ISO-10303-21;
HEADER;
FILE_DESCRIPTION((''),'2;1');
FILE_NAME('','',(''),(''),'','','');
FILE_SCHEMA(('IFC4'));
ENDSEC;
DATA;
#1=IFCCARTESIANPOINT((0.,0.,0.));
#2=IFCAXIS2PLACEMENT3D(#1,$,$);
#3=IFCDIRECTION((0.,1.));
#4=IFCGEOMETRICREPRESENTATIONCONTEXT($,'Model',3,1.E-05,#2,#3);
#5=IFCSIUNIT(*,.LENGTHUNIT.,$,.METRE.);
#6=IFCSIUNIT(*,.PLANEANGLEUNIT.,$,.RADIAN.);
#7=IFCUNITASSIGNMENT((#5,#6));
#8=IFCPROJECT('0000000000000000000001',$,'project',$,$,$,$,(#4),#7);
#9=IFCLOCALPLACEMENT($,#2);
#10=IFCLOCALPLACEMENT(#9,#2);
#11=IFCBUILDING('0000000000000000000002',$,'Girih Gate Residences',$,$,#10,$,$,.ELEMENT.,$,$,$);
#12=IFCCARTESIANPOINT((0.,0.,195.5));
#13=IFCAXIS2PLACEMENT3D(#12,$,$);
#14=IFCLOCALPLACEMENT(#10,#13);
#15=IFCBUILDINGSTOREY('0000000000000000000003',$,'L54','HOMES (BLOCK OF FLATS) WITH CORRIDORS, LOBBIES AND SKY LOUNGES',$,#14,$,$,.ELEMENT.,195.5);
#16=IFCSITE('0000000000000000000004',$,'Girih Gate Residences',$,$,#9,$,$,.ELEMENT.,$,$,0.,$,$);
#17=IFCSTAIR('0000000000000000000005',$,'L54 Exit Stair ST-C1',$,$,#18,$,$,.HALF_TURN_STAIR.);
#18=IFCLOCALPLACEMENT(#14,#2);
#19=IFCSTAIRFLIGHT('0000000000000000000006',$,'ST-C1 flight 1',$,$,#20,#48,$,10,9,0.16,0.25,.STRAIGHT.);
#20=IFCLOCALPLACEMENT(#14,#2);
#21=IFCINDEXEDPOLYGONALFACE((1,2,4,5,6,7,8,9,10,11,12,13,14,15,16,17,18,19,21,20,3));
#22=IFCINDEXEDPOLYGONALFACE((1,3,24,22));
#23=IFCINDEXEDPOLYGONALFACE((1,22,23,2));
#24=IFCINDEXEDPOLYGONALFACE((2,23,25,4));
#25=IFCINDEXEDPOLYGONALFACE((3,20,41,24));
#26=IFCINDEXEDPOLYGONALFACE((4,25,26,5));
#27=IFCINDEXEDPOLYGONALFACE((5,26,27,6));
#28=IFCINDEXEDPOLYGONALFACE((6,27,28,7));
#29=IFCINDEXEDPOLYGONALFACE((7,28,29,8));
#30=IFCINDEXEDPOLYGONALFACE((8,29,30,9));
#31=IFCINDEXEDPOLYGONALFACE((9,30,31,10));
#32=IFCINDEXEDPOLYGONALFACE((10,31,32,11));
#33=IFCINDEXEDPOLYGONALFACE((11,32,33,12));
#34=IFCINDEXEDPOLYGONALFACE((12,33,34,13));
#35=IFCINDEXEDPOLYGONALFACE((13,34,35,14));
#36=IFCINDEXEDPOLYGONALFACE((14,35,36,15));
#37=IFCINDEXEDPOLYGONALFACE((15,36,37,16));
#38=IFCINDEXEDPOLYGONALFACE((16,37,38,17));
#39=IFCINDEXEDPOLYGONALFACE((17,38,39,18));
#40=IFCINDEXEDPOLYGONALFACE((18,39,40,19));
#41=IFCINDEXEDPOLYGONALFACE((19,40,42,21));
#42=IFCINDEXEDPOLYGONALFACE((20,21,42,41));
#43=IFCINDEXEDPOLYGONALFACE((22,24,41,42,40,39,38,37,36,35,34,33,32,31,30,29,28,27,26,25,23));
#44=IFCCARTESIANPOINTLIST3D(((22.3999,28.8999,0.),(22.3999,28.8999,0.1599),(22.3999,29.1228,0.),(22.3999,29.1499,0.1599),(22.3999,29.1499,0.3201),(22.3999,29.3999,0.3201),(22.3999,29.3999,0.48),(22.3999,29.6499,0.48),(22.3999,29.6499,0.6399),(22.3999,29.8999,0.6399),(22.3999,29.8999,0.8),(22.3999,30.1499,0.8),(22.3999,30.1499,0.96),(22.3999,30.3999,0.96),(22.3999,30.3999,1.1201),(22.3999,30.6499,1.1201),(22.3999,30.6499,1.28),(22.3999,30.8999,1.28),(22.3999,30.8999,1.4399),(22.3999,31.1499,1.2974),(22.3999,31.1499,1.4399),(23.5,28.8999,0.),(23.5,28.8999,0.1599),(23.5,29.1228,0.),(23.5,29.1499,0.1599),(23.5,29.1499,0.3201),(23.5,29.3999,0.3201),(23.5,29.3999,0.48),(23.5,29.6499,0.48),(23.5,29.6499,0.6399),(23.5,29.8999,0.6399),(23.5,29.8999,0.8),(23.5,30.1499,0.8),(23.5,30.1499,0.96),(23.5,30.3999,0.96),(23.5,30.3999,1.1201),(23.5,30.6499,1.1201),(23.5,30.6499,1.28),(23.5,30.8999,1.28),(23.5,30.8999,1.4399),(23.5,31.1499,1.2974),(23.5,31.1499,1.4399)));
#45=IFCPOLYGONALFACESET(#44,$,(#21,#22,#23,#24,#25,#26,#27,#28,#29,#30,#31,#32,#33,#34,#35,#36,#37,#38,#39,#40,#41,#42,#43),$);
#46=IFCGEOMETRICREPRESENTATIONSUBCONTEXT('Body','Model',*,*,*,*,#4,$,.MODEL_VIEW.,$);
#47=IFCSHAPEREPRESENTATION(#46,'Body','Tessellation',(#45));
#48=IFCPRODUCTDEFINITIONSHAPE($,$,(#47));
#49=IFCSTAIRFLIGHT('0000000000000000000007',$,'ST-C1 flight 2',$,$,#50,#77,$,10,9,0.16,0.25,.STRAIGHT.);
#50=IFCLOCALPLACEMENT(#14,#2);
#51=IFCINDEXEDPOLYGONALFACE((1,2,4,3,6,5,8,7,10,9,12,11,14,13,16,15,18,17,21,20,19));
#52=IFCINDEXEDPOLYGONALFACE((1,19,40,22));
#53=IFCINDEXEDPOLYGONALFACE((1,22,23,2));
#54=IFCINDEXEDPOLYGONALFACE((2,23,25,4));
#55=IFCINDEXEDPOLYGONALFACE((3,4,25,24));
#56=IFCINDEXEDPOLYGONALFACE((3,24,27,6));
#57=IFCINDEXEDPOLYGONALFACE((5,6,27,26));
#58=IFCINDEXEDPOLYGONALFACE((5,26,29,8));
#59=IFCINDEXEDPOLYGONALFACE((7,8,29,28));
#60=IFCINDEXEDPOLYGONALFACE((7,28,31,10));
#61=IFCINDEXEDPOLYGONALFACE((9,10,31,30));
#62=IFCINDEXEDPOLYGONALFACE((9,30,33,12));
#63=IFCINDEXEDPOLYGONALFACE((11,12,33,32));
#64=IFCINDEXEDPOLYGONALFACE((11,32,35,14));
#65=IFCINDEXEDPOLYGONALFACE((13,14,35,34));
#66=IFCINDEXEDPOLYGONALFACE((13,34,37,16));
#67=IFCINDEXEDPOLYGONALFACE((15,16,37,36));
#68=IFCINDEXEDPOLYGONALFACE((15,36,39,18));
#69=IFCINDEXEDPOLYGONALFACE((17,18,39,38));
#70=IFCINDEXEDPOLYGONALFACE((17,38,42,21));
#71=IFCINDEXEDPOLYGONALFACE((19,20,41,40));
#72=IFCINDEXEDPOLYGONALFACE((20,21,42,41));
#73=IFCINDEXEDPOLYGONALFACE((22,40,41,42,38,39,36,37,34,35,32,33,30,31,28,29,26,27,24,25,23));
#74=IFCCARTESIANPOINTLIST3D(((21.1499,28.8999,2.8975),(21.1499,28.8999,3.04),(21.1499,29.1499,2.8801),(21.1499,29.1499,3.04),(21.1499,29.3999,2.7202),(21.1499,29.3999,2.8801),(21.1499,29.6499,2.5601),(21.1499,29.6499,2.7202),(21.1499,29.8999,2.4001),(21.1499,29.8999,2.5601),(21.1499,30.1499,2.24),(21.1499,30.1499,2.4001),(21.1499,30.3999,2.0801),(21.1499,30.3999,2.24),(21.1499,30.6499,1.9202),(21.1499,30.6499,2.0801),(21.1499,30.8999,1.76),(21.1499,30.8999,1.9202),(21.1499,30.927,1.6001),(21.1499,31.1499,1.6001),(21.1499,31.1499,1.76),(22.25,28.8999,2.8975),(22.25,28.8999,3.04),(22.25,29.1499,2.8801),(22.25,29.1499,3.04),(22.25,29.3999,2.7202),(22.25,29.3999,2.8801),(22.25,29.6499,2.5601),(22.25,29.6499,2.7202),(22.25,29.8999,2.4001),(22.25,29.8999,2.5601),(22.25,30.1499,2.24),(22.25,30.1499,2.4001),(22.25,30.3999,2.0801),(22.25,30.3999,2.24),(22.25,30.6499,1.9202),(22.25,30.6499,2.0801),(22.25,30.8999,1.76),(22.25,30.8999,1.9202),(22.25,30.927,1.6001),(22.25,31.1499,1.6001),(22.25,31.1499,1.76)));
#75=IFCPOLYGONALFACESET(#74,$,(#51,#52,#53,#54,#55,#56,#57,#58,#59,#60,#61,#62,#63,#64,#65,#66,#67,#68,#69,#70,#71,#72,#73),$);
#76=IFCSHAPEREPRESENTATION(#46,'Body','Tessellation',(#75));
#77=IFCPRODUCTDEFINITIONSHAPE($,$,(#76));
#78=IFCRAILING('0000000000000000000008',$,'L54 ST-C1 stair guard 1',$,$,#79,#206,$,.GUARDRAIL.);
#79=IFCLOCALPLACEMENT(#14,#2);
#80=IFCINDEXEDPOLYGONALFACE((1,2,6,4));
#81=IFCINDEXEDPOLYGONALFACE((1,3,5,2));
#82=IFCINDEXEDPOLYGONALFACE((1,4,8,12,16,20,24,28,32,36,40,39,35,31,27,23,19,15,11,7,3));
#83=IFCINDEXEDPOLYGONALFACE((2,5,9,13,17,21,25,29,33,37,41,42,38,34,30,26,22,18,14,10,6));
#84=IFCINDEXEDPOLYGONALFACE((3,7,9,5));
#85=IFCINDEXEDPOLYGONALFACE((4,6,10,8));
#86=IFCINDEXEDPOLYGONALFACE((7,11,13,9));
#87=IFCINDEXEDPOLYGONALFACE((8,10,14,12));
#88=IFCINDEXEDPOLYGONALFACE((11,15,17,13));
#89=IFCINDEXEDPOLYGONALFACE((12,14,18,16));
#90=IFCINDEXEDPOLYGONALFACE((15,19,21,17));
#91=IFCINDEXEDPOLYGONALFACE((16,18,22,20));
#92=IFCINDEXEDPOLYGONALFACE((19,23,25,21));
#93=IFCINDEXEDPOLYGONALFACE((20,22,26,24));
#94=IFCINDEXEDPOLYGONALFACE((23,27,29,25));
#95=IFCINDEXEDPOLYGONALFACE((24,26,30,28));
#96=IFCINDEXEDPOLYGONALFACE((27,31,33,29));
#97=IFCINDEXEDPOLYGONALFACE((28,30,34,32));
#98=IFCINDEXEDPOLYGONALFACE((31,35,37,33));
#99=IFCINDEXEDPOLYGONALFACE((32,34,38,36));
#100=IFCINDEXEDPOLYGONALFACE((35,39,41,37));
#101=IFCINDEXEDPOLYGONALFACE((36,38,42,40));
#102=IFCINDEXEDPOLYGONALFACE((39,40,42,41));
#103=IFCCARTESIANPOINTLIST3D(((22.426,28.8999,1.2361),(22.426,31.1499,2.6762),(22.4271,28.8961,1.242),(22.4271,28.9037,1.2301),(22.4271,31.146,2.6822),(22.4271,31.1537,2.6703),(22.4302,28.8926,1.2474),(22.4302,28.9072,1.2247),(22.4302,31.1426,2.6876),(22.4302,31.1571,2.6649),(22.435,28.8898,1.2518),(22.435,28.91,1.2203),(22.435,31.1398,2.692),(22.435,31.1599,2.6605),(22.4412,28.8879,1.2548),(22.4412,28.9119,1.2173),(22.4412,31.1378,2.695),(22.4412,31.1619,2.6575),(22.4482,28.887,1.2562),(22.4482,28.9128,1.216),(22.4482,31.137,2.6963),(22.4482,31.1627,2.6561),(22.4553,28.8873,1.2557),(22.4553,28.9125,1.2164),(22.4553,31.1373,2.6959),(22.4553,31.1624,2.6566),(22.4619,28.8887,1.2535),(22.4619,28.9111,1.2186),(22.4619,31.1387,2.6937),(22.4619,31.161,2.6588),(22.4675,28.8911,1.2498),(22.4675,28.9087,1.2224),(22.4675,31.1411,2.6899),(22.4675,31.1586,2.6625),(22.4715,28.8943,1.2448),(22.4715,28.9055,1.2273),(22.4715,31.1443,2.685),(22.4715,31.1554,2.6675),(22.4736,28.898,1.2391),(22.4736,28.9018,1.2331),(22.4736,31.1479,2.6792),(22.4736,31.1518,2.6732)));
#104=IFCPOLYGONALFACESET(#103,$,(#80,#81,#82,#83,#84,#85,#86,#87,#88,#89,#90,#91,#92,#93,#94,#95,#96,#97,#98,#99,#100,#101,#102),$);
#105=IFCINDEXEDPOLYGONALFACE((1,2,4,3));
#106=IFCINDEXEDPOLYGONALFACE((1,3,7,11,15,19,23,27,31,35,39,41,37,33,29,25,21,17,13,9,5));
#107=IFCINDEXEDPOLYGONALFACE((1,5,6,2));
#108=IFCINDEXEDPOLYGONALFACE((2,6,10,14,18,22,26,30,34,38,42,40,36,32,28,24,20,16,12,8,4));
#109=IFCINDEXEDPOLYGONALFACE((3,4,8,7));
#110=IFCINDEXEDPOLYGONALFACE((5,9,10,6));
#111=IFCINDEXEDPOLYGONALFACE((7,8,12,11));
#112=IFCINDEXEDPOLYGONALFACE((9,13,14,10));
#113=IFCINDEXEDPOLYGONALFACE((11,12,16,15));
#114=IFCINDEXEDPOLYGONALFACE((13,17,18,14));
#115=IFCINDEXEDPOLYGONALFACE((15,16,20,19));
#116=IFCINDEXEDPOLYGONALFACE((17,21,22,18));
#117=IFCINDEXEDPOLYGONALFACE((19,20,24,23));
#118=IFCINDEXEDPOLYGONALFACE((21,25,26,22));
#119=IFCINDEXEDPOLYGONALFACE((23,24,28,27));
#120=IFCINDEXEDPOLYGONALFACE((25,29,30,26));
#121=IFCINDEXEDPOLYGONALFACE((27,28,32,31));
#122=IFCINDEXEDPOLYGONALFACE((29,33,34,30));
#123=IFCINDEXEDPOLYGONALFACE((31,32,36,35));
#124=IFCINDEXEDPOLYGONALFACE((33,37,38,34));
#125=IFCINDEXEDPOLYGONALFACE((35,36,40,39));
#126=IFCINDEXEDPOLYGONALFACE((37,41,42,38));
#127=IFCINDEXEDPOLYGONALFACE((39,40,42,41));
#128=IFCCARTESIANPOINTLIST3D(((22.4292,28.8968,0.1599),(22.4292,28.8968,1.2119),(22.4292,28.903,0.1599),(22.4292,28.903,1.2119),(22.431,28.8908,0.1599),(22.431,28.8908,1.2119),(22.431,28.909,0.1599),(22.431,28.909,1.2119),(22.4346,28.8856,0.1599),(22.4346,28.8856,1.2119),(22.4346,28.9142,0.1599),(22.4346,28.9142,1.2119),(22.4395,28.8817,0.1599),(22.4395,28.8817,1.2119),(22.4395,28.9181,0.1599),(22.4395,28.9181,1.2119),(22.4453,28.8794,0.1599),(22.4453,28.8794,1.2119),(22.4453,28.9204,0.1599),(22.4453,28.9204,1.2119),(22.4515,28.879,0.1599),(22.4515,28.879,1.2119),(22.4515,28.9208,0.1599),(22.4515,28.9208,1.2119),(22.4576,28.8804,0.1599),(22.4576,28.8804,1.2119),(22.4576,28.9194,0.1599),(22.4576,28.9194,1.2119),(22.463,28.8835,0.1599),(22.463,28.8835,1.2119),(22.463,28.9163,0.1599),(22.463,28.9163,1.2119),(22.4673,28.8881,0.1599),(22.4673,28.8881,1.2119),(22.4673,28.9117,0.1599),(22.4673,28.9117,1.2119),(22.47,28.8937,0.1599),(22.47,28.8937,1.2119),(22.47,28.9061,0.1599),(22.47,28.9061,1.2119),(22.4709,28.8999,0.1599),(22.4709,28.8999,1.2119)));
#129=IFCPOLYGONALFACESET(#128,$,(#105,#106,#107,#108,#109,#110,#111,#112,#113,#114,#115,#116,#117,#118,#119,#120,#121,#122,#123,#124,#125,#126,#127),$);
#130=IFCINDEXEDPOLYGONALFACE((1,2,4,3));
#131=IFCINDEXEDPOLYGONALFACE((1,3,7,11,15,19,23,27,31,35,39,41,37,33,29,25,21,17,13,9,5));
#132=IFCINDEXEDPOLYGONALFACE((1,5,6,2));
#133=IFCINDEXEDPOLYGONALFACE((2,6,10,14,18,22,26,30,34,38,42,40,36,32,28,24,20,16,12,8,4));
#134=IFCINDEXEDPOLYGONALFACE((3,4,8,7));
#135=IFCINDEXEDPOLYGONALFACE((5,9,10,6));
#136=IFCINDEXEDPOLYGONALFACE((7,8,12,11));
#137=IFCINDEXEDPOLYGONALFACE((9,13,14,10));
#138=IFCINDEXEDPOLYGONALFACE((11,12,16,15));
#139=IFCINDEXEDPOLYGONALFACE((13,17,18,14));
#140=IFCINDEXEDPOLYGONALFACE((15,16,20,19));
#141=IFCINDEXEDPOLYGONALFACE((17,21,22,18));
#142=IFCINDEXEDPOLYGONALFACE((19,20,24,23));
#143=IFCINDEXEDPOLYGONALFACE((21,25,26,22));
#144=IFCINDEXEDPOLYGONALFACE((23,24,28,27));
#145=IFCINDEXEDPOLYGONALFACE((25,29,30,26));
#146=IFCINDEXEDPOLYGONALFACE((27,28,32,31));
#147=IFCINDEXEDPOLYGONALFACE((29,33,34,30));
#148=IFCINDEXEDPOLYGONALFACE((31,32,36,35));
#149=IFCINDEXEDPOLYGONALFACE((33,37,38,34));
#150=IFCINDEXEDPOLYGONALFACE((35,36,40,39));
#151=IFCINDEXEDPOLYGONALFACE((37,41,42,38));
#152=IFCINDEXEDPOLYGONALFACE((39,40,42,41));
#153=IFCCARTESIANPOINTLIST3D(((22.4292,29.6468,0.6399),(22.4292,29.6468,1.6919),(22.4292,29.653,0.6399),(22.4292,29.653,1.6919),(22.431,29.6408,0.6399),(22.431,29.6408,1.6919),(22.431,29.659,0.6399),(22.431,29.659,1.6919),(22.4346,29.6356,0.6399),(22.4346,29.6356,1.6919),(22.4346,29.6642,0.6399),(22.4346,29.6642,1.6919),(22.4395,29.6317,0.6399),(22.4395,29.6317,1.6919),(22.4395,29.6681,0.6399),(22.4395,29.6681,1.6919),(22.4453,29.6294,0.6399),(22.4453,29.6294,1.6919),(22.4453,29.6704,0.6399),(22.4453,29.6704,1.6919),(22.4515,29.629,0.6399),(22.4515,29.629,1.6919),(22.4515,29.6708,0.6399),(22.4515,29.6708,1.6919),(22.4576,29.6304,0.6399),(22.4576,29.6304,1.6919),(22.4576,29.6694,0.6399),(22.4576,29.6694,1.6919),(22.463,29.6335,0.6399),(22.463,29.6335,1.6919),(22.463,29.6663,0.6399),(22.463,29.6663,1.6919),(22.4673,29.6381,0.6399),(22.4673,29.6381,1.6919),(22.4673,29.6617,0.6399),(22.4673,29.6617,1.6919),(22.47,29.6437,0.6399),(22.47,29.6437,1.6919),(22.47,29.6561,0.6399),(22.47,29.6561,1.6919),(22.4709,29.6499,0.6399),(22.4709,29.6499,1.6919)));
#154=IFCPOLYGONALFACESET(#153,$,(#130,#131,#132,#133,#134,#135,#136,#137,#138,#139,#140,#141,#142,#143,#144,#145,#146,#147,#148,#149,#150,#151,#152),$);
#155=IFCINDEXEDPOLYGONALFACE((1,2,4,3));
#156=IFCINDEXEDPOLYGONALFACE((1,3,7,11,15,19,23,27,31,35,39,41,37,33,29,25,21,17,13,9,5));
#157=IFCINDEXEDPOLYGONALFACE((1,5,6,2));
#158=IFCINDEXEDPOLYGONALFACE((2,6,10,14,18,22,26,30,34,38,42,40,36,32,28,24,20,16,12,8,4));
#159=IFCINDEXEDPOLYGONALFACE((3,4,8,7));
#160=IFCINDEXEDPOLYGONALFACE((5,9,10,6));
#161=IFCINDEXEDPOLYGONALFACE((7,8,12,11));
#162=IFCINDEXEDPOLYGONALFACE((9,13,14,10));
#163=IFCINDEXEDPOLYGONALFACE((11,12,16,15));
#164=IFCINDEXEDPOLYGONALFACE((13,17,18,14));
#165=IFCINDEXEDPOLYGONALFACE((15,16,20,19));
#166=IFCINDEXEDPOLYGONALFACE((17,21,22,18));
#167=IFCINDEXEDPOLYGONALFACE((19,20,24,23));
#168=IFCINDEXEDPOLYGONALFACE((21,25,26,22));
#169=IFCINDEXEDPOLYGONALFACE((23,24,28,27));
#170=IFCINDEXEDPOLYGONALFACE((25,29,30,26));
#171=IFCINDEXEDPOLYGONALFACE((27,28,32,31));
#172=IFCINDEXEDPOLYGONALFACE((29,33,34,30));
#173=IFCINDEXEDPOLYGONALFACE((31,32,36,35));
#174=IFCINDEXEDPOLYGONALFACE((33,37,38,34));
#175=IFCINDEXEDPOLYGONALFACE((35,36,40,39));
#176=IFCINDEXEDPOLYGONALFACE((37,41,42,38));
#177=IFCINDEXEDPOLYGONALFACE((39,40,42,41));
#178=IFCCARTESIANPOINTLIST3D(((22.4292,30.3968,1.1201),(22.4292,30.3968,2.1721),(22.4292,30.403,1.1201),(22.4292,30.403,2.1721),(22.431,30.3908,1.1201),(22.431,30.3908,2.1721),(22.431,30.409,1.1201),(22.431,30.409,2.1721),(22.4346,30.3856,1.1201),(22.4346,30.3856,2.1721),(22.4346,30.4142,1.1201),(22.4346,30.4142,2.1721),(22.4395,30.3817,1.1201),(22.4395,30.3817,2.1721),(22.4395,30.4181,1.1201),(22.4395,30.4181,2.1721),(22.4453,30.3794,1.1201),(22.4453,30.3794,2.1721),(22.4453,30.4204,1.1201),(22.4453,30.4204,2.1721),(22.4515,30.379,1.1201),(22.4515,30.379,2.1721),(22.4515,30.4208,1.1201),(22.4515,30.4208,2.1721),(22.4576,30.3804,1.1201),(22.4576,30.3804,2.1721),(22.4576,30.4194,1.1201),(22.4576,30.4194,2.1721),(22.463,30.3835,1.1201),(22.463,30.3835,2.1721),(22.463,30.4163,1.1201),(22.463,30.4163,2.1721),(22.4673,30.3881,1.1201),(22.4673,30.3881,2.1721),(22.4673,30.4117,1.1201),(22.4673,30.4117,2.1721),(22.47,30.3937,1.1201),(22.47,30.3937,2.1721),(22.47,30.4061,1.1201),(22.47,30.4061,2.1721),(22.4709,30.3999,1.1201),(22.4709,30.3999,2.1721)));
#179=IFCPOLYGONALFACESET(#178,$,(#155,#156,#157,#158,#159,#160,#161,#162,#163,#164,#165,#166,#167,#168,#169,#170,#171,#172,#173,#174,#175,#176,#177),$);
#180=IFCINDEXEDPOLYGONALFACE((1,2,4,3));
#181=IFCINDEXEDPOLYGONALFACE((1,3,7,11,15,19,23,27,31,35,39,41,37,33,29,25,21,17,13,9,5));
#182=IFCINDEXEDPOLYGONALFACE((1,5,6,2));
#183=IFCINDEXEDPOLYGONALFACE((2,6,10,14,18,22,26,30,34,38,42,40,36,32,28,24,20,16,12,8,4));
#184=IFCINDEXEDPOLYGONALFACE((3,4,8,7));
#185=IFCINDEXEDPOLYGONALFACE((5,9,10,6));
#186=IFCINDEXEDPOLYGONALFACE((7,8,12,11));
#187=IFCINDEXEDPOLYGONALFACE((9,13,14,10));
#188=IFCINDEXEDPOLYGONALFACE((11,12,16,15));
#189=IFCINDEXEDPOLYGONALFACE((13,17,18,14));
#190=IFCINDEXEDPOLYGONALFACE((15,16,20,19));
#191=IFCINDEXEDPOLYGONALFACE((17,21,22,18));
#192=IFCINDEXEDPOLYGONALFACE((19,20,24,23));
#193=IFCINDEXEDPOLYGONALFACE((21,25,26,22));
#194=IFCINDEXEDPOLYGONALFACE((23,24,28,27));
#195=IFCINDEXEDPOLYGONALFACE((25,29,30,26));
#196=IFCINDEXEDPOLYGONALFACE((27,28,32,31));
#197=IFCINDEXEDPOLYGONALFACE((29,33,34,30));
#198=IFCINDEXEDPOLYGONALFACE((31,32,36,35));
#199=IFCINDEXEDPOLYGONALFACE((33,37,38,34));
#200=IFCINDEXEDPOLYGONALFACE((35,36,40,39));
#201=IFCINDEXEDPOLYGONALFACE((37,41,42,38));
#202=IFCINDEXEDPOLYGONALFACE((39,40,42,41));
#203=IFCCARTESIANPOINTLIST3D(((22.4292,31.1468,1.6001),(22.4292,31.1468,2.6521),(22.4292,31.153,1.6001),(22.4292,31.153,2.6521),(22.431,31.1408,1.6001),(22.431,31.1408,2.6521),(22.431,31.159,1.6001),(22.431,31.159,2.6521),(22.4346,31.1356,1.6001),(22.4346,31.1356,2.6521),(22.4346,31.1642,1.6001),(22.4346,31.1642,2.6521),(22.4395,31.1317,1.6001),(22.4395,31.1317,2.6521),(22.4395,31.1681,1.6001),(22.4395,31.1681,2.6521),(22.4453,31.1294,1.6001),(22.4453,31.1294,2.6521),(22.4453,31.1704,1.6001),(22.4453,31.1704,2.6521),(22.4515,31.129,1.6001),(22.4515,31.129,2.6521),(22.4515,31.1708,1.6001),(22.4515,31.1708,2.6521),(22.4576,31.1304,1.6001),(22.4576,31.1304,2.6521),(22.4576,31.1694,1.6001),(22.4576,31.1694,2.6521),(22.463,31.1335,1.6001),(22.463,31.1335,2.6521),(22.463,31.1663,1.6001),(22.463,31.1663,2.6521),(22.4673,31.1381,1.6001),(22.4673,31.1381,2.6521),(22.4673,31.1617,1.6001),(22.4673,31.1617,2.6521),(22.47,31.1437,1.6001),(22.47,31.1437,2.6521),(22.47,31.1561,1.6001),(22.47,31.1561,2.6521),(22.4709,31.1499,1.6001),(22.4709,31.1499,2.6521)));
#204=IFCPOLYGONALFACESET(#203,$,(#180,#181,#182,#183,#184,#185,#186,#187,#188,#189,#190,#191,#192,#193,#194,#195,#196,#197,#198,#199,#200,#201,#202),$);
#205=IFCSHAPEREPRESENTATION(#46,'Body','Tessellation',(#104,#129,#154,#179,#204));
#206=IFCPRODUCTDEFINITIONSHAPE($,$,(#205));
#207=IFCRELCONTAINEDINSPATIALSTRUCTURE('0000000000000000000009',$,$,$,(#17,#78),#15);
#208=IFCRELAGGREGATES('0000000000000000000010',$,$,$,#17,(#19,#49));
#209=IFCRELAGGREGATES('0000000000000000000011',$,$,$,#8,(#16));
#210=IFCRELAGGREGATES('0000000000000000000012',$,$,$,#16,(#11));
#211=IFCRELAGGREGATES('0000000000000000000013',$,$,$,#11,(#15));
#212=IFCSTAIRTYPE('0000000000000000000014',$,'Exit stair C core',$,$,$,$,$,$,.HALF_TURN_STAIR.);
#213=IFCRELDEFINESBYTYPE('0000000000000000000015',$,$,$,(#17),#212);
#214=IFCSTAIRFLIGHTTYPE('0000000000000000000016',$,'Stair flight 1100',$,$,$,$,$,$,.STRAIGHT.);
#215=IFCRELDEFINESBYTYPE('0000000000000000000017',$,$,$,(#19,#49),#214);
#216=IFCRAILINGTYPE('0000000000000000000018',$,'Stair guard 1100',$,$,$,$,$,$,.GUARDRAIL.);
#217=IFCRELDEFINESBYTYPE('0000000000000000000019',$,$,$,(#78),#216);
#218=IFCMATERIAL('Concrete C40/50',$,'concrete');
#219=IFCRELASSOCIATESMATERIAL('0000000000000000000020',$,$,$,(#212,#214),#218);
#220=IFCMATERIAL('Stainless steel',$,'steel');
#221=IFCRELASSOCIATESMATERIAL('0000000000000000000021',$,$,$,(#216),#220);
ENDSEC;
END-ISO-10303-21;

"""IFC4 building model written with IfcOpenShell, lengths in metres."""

from ifc_helpers import new_model, si_unit, direction, frame, origin, origin_2d, place, context, subcontext, project, spatial, polyline, circle, outline, extrude, material, type_object, element, aggregate, save


model = new_model("IFC4")

# Units and contexts
model_context = context("Model", 3, precision=1e-05, world=origin(), true_north=direction((0.0, 1.0)))
body_context = subcontext(model_context, "Body", "Model", "MODEL_VIEW")
ifc_project = project(units=[si_unit("LENGTHUNIT", "METRE"), si_unit("PLANEANGLEUNIT", "RADIAN")], contexts=[model_context])

# Site, building, storey
site_placement = place(None, origin())
site = spatial("IfcSite", under=ifc_project, at=site_placement, Name="Girih Gate Residences", CompositionType="ELEMENT", RefElevation=0.0)
building_placement = place(site_placement, origin())
building = spatial("IfcBuilding", under=site, at=building_placement, Name="Girih Gate Residences", CompositionType="ELEMENT")
storey_placement = place(building_placement, frame((0.0, 0.0, 195.5)))
storey = spatial("IfcBuildingStorey", under=building, at=storey_placement, Name="L54", Description="HOMES (BLOCK OF FLATS) WITH CORRIDORS, LOBBIES AND SKY LOUNGES", CompositionType="ELEMENT", Elevation=195.5)

# Shared definitions
ifc_material_1 = material(Name="Concrete C40/50", Category="concrete")

# Stair, stair flights
stair_type = type_object("IfcStairType", Name="Exit stair C core", PredefinedType="HALF_TURN_STAIR", material=ifc_material_1)
stair_placement = place(storey_placement, origin())
stair = element("IfcStair", 1, at=stair_placement, inside=storey, type_object=stair_type, Name="L54 Exit Stair ST-C1", PredefinedType="HALF_TURN_STAIR")
stair_flight_type = type_object("IfcStairFlightType", Name="Stair flight 1100", PredefinedType="STRAIGHT", material=ifc_material_1)
stair_flight_1_placement = place(storey_placement, frame((22.95, 28.8999, 0.0), z_axis=(0.0, 0.0, 1.0), x_axis=(0.0, 1.0, 0.0)))
stair_flight_1 = element("IfcStairFlight", 2, at=stair_flight_1_placement, type_object=stair_flight_type, Name="ST-C1 flight 1", NumberOfRisers=10, NumberOfTreads=9, PredefinedType="STRAIGHT", RiserHeight=0.16, TreadLength=0.25, context=body_context, shape_type="SweptSolid", body=[
    extrude(outline(polyline([(0.0, 0.0), (0.0, 0.1599), (0.25, 0.1599), (0.25, 0.3201), (0.5, 0.3201), (0.5, 0.48), (0.75, 0.48), (0.75, 0.6399), (1.0, 0.6399), (1.0, 0.8), (1.25, 0.8), (1.25, 0.96), (1.5, 0.96), (1.5, 1.1201), (1.75, 1.1201), (1.75, 1.28), (2.0, 1.28), (2.0, 1.4399), (2.25, 1.4399), (2.25, 1.6001), (2.25, 1.2974), (0.2229, 0.0), (0.0, 0.0)])), frame((0.0, 0.55, 0.0), z_axis=(0.0, -1.0, 0.0), x_axis=(1.0, 0.0, 0.0)), (0.0, 0.0, 1.0), 1.1001),
])
stair_flight_2_placement = place(storey_placement, frame((21.7, 31.1499, 1.6001), z_axis=(0.0, 0.0, 1.0), x_axis=(0.0, -1.0, 0.0)))
stair_flight_2 = element("IfcStairFlight", 3, at=stair_flight_2_placement, type_object=stair_flight_type, Name="ST-C1 flight 2", NumberOfRisers=10, NumberOfTreads=9, PredefinedType="STRAIGHT", RiserHeight=0.16, TreadLength=0.25, context=body_context, shape_type="SweptSolid", body=[
    extrude(outline(polyline([(0.0, 0.0), (0.0, 0.1599), (0.25, 0.1599), (0.25, 0.3201), (0.5, 0.3201), (0.5, 0.48), (0.75, 0.48), (0.75, 0.6399), (1.0, 0.6399), (1.0, 0.8), (1.25, 0.8), (1.25, 0.96), (1.5, 0.96), (1.5, 1.1201), (1.75, 1.1201), (1.75, 1.28), (2.0, 1.28), (2.0, 1.4399), (2.25, 1.4399), (2.25, 1.6001), (2.25, 1.2974), (0.2229, 0.0), (0.0, 0.0)])), frame((0.0, 0.55, 0.0), z_axis=(0.0, -1.0, 0.0), x_axis=(1.0, 0.0, 0.0)), (0.0, 0.0, 1.0), 1.1001),
])
aggregate(stair, [stair_flight_1, stair_flight_2])

# Railing
ifc_material_2 = material(Name="Stainless steel", Category="steel")
railing_type_1 = type_object("IfcRailingType", Name="Stair guard 1100", PredefinedType="GUARDRAIL", material=ifc_material_2)
railing_1_placement = place(storey_placement, frame((22.45, 28.8999, 0.1599)))
element("IfcRailing", 4, at=railing_1_placement, inside=storey, type_object=railing_type_1, Name="L54 ST-C1 stair guard 1", PredefinedType="GUARDRAIL", context=body_context, shape_type="SweptSolid", body=[
    extrude(circle(Radius=0.0239, at=origin_2d()), frame((0.0, 0.0, 1.0762), z_axis=(0.0, 0.84224, 0.539103), x_axis=(-1.0, 0.0, 0.0)), (0.0, 0.0, 1.0), 2.6714),
    extrude(circle(Radius=0.021, at=origin_2d()), origin(), (0.0, 0.0, 1.0), 1.052),
    extrude(circle(Radius=0.021, at=origin_2d()), frame((0.0, 0.75, 0.48)), (0.0, 0.0, 1.0), 1.052),
    extrude(circle(Radius=0.021, at=origin_2d()), frame((0.0, 1.5, 0.9602)), (0.0, 0.0, 1.0), 1.052),
    extrude(circle(Radius=0.021, at=origin_2d()), frame((0.0, 2.25, 1.4402)), (0.0, 0.0, 1.0), 1.052),
])

save(model, "model.ifc")
